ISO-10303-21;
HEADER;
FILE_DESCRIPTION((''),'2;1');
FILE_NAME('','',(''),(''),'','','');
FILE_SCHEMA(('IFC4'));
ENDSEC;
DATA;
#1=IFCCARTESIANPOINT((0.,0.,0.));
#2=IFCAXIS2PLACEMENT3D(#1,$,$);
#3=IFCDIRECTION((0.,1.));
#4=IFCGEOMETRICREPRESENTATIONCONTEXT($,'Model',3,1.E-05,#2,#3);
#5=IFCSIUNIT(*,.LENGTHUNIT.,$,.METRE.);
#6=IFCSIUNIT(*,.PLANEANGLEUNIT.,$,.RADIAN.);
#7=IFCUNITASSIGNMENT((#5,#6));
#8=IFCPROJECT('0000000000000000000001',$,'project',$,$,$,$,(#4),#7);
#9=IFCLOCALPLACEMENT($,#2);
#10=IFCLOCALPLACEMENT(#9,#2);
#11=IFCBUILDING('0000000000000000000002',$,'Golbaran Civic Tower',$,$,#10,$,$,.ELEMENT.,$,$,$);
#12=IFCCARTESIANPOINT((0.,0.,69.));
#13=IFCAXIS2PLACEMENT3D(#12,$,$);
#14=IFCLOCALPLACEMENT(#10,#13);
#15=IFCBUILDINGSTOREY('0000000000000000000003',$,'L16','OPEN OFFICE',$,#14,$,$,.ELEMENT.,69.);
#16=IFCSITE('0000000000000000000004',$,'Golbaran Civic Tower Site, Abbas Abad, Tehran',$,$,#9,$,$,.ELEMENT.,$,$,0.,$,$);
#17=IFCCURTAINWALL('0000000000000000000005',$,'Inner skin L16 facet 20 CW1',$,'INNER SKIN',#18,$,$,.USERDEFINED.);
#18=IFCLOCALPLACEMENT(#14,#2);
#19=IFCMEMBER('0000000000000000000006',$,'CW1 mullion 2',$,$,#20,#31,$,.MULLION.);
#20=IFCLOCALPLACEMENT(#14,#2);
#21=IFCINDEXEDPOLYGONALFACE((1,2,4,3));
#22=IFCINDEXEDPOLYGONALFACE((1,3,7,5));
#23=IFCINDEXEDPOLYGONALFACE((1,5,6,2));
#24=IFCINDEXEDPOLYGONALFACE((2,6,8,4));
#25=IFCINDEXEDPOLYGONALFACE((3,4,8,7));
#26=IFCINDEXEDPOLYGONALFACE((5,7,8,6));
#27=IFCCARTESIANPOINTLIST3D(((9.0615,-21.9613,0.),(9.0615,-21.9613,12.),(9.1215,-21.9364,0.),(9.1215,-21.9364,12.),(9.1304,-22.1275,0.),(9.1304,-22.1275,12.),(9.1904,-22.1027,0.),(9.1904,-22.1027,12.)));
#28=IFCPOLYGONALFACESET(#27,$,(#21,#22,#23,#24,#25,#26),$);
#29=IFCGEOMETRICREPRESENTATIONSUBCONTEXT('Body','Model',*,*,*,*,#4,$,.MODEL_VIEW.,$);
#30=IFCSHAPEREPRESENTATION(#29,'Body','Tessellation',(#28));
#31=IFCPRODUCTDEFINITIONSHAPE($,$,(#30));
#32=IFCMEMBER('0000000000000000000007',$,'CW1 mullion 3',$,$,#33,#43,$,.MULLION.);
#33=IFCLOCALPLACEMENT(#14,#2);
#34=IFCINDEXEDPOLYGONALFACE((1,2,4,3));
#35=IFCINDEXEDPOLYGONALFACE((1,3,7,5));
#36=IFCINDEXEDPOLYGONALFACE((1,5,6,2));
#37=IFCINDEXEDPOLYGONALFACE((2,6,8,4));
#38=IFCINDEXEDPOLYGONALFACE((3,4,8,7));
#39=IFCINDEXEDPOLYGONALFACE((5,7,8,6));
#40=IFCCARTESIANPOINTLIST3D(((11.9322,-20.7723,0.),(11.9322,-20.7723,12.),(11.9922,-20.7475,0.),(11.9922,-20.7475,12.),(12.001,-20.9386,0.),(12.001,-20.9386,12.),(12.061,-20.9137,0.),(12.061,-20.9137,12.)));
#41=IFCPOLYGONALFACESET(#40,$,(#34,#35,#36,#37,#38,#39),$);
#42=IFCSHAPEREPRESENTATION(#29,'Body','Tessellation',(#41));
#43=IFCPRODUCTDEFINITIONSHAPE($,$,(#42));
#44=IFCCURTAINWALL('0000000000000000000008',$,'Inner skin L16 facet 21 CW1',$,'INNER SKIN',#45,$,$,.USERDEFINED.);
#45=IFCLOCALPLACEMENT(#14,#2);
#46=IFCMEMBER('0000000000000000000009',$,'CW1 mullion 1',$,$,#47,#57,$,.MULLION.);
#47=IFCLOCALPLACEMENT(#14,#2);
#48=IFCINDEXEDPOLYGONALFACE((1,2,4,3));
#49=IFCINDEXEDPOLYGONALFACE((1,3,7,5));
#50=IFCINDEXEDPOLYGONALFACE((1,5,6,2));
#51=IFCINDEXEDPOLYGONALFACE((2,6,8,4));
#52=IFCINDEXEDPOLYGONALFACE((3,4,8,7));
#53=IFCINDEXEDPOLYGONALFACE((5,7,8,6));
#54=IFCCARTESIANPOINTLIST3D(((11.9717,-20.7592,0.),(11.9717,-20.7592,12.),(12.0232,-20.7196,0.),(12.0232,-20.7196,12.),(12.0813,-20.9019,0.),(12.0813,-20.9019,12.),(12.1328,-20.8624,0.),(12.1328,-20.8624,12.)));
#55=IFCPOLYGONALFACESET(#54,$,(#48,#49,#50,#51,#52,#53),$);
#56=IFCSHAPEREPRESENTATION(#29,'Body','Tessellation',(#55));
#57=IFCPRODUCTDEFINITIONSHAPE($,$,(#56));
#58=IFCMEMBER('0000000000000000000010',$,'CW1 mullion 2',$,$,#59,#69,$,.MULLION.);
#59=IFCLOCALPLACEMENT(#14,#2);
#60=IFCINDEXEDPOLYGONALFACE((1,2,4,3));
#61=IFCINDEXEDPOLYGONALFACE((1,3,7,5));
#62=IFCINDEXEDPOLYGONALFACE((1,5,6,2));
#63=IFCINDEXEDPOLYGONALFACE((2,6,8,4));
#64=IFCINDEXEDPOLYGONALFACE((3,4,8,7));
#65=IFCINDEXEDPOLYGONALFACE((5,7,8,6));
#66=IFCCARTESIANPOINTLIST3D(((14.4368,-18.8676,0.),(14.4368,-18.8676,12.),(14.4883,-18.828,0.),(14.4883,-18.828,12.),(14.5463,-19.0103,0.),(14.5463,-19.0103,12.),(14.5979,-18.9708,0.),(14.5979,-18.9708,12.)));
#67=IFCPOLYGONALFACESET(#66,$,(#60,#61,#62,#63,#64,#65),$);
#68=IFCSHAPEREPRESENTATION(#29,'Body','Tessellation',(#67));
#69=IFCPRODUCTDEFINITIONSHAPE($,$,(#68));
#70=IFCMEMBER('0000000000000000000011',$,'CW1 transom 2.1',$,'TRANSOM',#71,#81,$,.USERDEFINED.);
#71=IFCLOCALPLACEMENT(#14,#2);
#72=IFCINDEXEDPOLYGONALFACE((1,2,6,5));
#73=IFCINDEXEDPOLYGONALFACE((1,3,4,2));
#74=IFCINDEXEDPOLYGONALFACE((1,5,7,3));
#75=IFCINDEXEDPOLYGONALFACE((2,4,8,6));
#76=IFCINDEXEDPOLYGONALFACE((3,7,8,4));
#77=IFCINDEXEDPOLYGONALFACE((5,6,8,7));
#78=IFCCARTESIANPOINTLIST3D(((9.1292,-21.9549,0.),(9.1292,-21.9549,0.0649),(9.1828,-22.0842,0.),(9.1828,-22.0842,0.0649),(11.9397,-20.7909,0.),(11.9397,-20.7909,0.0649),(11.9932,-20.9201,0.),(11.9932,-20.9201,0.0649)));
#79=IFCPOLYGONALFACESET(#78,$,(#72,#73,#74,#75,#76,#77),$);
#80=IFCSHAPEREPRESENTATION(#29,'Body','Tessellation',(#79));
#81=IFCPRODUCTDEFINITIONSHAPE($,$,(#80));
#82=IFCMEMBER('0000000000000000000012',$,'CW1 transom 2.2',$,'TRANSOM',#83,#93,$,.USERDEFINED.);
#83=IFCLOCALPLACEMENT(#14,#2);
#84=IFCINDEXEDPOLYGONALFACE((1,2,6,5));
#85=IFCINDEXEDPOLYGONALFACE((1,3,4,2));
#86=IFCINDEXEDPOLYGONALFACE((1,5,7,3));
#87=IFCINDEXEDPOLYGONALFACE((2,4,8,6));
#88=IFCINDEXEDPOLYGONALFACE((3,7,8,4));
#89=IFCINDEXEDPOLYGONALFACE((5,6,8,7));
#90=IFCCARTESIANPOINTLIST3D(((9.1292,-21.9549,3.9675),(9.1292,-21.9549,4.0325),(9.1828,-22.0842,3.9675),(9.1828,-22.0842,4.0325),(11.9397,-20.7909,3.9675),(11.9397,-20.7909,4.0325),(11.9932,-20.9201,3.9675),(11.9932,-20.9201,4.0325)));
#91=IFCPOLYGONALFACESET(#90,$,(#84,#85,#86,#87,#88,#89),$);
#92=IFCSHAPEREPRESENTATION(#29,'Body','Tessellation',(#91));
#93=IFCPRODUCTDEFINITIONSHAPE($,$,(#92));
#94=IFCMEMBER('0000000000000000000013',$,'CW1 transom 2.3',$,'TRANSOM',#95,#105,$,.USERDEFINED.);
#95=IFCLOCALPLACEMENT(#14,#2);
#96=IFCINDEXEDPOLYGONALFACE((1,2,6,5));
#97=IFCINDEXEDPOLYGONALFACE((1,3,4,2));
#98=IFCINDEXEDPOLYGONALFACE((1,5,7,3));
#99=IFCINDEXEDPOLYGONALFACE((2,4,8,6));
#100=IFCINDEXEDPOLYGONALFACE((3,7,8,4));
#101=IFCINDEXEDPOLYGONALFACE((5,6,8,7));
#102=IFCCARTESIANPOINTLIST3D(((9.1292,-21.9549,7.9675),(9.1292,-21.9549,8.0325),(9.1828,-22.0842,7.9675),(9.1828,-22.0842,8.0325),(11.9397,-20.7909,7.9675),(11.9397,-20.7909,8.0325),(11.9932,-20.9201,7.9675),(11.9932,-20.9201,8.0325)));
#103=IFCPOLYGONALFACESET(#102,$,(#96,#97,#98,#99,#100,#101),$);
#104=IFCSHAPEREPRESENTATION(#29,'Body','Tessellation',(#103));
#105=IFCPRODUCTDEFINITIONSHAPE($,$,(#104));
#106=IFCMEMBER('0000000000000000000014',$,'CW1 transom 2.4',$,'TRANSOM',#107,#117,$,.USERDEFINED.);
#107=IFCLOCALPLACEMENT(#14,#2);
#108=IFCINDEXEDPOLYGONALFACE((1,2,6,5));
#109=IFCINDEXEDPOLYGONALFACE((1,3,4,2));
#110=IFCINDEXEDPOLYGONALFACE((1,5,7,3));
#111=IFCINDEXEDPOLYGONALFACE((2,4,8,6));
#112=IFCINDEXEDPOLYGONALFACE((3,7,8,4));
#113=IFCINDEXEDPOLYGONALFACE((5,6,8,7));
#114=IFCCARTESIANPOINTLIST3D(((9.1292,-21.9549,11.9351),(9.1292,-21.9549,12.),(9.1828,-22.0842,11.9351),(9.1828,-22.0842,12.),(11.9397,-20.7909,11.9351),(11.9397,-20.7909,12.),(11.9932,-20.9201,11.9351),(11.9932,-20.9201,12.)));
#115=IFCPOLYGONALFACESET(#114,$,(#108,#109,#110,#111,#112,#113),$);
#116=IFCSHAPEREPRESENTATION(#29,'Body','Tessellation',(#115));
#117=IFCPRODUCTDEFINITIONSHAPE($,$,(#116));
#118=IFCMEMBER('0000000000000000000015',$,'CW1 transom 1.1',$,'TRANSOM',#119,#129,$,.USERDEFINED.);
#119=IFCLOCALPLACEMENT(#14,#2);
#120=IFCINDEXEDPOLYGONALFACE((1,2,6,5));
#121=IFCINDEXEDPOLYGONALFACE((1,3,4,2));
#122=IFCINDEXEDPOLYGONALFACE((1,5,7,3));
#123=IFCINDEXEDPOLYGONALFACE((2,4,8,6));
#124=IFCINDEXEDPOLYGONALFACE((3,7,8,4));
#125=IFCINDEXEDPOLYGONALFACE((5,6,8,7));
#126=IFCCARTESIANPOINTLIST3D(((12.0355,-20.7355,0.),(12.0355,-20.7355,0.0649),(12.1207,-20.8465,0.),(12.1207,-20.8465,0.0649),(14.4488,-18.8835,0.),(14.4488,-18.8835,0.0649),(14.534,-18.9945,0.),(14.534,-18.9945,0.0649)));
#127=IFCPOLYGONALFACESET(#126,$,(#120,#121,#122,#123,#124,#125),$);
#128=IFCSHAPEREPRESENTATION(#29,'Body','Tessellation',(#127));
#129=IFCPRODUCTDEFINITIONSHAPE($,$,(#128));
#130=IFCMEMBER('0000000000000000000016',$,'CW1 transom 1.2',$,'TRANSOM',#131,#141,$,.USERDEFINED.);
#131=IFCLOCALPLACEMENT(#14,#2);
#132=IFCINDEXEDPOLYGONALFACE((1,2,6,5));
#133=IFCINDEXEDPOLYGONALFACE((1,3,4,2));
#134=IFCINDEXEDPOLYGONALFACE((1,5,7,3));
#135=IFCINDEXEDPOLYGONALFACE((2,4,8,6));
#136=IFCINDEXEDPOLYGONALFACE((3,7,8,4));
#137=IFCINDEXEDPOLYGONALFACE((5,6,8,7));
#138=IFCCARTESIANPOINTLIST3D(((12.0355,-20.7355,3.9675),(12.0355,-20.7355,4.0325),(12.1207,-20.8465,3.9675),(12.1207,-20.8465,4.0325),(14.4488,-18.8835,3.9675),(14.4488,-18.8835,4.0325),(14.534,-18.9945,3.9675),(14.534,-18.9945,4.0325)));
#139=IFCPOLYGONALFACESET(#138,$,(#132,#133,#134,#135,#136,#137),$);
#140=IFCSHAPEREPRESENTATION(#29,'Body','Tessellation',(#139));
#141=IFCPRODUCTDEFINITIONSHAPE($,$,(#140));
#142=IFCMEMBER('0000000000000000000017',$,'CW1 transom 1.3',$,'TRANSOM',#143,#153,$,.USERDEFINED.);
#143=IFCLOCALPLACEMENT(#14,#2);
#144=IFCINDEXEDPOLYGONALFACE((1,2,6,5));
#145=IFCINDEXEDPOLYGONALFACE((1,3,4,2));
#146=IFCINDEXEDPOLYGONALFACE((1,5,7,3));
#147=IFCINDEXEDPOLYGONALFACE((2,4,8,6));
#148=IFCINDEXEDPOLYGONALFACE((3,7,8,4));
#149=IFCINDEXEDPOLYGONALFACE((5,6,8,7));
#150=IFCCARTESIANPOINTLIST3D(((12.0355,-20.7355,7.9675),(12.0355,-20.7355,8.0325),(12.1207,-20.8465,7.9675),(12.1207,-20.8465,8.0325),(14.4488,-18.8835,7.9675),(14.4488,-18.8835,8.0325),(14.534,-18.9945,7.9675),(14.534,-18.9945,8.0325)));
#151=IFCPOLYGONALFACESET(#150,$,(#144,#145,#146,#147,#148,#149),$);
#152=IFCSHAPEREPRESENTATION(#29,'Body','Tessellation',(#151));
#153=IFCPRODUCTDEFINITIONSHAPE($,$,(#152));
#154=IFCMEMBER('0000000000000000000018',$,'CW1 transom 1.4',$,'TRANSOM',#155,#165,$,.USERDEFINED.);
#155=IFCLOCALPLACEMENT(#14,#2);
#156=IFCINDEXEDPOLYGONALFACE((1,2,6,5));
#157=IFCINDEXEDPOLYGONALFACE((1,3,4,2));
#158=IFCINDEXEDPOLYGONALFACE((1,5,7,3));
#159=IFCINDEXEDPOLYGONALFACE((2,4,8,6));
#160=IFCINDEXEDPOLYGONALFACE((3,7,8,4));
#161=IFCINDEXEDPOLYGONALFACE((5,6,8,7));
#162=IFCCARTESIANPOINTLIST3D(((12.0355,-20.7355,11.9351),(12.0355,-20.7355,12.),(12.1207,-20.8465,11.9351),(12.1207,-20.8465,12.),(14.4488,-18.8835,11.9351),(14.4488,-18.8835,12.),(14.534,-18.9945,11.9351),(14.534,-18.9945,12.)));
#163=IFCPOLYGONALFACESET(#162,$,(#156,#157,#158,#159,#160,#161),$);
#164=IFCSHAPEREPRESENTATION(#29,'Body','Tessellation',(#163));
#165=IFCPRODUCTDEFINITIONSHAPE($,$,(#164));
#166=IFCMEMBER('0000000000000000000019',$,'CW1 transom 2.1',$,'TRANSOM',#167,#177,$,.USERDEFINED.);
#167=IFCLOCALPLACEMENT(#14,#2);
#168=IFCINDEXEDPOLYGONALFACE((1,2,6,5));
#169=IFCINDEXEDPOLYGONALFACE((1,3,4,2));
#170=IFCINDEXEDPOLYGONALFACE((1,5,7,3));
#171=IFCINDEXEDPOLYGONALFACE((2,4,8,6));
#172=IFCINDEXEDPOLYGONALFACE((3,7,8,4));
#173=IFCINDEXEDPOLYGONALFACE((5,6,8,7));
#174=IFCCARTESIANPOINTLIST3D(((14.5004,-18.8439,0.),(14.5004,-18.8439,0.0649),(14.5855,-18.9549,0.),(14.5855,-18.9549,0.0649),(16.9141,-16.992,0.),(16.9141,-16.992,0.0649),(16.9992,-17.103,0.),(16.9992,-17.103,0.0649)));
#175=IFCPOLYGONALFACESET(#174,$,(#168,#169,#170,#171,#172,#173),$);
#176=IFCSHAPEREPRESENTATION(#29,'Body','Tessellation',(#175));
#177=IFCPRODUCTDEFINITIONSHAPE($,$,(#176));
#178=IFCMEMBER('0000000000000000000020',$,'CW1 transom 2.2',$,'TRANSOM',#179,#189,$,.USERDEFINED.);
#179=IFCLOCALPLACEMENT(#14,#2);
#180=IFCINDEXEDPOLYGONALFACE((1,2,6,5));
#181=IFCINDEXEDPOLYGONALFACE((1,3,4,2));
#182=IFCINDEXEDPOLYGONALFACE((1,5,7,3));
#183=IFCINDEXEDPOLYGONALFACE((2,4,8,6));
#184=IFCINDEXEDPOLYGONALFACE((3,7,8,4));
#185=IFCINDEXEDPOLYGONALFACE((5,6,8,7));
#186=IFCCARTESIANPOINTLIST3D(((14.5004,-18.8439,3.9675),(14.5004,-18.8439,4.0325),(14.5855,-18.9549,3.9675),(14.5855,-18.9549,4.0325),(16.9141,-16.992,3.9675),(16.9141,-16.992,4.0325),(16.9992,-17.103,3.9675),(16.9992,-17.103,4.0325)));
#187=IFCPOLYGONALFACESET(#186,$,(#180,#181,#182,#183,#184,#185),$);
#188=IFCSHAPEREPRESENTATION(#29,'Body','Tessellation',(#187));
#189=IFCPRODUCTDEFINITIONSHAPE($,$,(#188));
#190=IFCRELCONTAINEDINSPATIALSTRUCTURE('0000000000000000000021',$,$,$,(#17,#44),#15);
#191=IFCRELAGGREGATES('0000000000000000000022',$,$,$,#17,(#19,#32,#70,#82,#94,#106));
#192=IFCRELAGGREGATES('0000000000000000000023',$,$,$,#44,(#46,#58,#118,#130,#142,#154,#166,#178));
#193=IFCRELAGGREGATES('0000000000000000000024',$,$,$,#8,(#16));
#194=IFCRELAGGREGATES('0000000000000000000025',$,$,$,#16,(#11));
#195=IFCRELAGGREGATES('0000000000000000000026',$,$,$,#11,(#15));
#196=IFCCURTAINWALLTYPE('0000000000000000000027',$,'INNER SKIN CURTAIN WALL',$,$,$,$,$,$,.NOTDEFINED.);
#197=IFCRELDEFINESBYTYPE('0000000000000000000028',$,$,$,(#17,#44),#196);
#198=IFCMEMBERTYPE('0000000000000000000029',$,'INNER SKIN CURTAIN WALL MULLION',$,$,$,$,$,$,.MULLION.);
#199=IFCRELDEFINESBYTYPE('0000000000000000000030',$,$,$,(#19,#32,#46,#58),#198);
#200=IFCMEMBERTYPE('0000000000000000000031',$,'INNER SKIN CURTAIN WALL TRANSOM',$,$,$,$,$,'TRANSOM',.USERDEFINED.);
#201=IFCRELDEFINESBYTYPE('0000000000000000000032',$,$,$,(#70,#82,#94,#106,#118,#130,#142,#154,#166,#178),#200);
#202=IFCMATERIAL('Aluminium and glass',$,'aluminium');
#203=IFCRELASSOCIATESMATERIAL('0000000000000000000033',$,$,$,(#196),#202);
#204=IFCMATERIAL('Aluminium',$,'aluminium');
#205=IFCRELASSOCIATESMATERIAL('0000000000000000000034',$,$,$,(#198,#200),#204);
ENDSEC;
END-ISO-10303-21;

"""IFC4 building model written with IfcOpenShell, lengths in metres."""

from ifc_helpers import new_model, si_unit, direction, frame, origin, origin_2d, place, context, subcontext, project, spatial, rectangle, extrude, material, material_profile, profile_set, type_object, element, aggregate, save


model = new_model("IFC4")

# Units and contexts
model_context = context("Model", 3, precision=1e-05, world=origin(), true_north=direction((0.0, 1.0)))
body_context = subcontext(model_context, "Body", "Model", "MODEL_VIEW")
ifc_project = project(units=[si_unit("LENGTHUNIT", "METRE"), si_unit("PLANEANGLEUNIT", "RADIAN")], contexts=[model_context])

# Site, building, storey
site_placement = place(None, origin())
site = spatial("IfcSite", under=ifc_project, at=site_placement, Name="Golbaran Civic Tower Site, Abbas Abad, Tehran", CompositionType="ELEMENT", RefElevation=0.0)
building_placement = place(site_placement, origin())
building = spatial("IfcBuilding", under=site, at=building_placement, Name="Golbaran Civic Tower", CompositionType="ELEMENT")
storey_placement = place(building_placement, frame((0.0, 0.0, 69.0)))
storey = spatial("IfcBuildingStorey", under=building, at=storey_placement, Name="L16", Description="OPEN OFFICE", CompositionType="ELEMENT", Elevation=69.0)

# Curtain walls, members
ifc_material_1 = material(Name="Aluminium and glass", Category="aluminium")
curtain_wall_type_1 = type_object("IfcCurtainWallType", Name="INNER SKIN CURTAIN WALL", PredefinedType="NOTDEFINED", material=ifc_material_1)
curtain_wall_1_placement = place(storey_placement, origin())
curtain_wall_1 = element("IfcCurtainWall", 1, at=curtain_wall_1_placement, inside=storey, type_object=curtain_wall_type_1, Name="Inner skin L16 facet 20 CW1", ObjectType="INNER SKIN", PredefinedType="USERDEFINED")
ifc_material_2 = material(Name="Aluminium", Category="aluminium")
ifc_material_profile_1 = material_profile(ifc_material_2, rectangle(XDim=0.1799, YDim=0.0649, at=origin_2d()), Name="INNER SKIN CURTAIN WALL MULLION")
ifc_profile_set_1 = profile_set([ifc_material_profile_1], Name="Aluminium")
member_type_1 = type_object("IfcMemberType", Name="INNER SKIN CURTAIN WALL MULLION", PredefinedType="MULLION", material=ifc_profile_set_1)
member_1_placement = place(storey_placement, frame((9.126, -22.032, 0.0), z_axis=(0.0, 0.0, 1.0), x_axis=(-0.382683, 0.92388, 0.0)))
member_1 = element("IfcMember", 2, at=member_1_placement, type_object=member_type_1, Name="CW1 mullion 2", PredefinedType="MULLION", context=body_context, shape_type="SweptSolid", body=[
    extrude(rectangle(XDim=0.1799, YDim=0.0649, at=origin_2d()), origin(), (0.0, 0.0, 1.0), 12.0),
])
member_2_placement = place(storey_placement, frame((11.9966, -20.843, 0.0), z_axis=(0.0, 0.0, 1.0), x_axis=(-0.382683, 0.92388, 0.0)))
member_2 = element("IfcMember", 3, at=member_2_placement, type_object=member_type_1, Name="CW1 mullion 3", PredefinedType="MULLION", context=body_context, shape_type="SweptSolid", body=[
    extrude(rectangle(XDim=0.1799, YDim=0.0649, at=origin_2d()), origin(), (0.0, 0.0, 1.0), 12.0),
])
curtain_wall_2_placement = place(storey_placement, origin())
curtain_wall_2 = element("IfcCurtainWall", 4, at=curtain_wall_2_placement, inside=storey, type_object=curtain_wall_type_1, Name="Inner skin L16 facet 21 CW1", ObjectType="INNER SKIN", PredefinedType="USERDEFINED")
member_3_placement = place(storey_placement, frame((12.0522, -20.8108, 0.0), z_axis=(0.0, 0.0, 1.0), x_axis=(-0.608761, 0.793353, 0.0)))
member_3 = element("IfcMember", 5, at=member_3_placement, type_object=member_type_1, Name="CW1 mullion 1", PredefinedType="MULLION", context=body_context, shape_type="SweptSolid", body=[
    extrude(rectangle(XDim=0.1799, YDim=0.0649, at=origin_2d()), origin(), (0.0, 0.0, 1.0), 12.0),
])
member_4_placement = place(storey_placement, frame((14.5173, -18.9192, 0.0), z_axis=(0.0, 0.0, 1.0), x_axis=(-0.608761, 0.793353, 0.0)))
member_4 = element("IfcMember", 6, at=member_4_placement, type_object=member_type_1, Name="CW1 mullion 2", PredefinedType="MULLION", context=body_context, shape_type="SweptSolid", body=[
    extrude(rectangle(XDim=0.1799, YDim=0.0649, at=origin_2d()), origin(), (0.0, 0.0, 1.0), 12.0),
])

# Members
ifc_material_profile_2 = material_profile(ifc_material_2, rectangle(XDim=0.1399, YDim=0.0649, at=origin_2d()), Name="INNER SKIN CURTAIN WALL TRANSOM")
ifc_profile_set_2 = profile_set([ifc_material_profile_2], Name="Aluminium")
member_type_2 = type_object("IfcMemberType", Name="INNER SKIN CURTAIN WALL TRANSOM", ElementType="TRANSOM", PredefinedType="USERDEFINED", material=ifc_profile_set_2)
member_5_placement = place(storey_placement, frame((9.156, -22.0195, 0.0325), z_axis=(0.923892, 0.382654, 0.0), x_axis=(-0.382654, 0.923892, 0.0)))
member_5 = element("IfcMember", 7, at=member_5_placement, type_object=member_type_2, Name="CW1 transom 2.1", ObjectType="TRANSOM", PredefinedType="USERDEFINED", context=body_context, shape_type="SweptSolid", body=[
    extrude(rectangle(XDim=0.1399, YDim=0.0649, at=origin_2d()), origin(), (0.0, 0.0, 1.0), 3.042),
])
member_6_placement = place(storey_placement, frame((9.156, -22.0195, 4.0), z_axis=(0.923892, 0.382654, 0.0), x_axis=(-0.382654, 0.923892, 0.0)))
member_6 = element("IfcMember", 8, at=member_6_placement, type_object=member_type_2, Name="CW1 transom 2.2", ObjectType="TRANSOM", PredefinedType="USERDEFINED", context=body_context, shape_type="SweptSolid", body=[
    extrude(rectangle(XDim=0.1399, YDim=0.0649, at=origin_2d()), origin(), (0.0, 0.0, 1.0), 3.042),
])
member_7_placement = place(storey_placement, frame((9.156, -22.0195, 8.0), z_axis=(0.923892, 0.382654, 0.0), x_axis=(-0.382654, 0.923892, 0.0)))
member_7 = element("IfcMember", 9, at=member_7_placement, type_object=member_type_2, Name="CW1 transom 2.3", ObjectType="TRANSOM", PredefinedType="USERDEFINED", context=body_context, shape_type="SweptSolid", body=[
    extrude(rectangle(XDim=0.1399, YDim=0.0649, at=origin_2d()), origin(), (0.0, 0.0, 1.0), 3.042),
])
member_8_placement = place(storey_placement, frame((9.156, -22.0195, 11.9675), z_axis=(0.923892, 0.382654, 0.0), x_axis=(-0.382654, 0.923892, 0.0)))
member_8 = element("IfcMember", 10, at=member_8_placement, type_object=member_type_2, Name="CW1 transom 2.4", ObjectType="TRANSOM", PredefinedType="USERDEFINED", context=body_context, shape_type="SweptSolid", body=[
    extrude(rectangle(XDim=0.1399, YDim=0.0649, at=origin_2d()), origin(), (0.0, 0.0, 1.0), 3.042),
])
member_9_placement = place(storey_placement, frame((12.0781, -20.791, 0.0325), z_axis=(0.793316, 0.608811, 0.0), x_axis=(-0.608811, 0.793316, 0.0)))
member_9 = element("IfcMember", 11, at=member_9_placement, type_object=member_type_2, Name="CW1 transom 1.1", ObjectType="TRANSOM", PredefinedType="USERDEFINED", context=body_context, shape_type="SweptSolid", body=[
    extrude(rectangle(XDim=0.1399, YDim=0.0649, at=origin_2d()), origin(), (0.0, 0.0, 1.0), 3.042),
])
member_10_placement = place(storey_placement, frame((12.0781, -20.791, 4.0), z_axis=(0.793316, 0.608811, 0.0), x_axis=(-0.608811, 0.793316, 0.0)))
member_10 = element("IfcMember", 12, at=member_10_placement, type_object=member_type_2, Name="CW1 transom 1.2", ObjectType="TRANSOM", PredefinedType="USERDEFINED", context=body_context, shape_type="SweptSolid", body=[
    extrude(rectangle(XDim=0.1399, YDim=0.0649, at=origin_2d()), origin(), (0.0, 0.0, 1.0), 3.042),
])
member_11_placement = place(storey_placement, frame((12.0781, -20.791, 8.0), z_axis=(0.793316, 0.608811, 0.0), x_axis=(-0.608811, 0.793316, 0.0)))
member_11 = element("IfcMember", 13, at=member_11_placement, type_object=member_type_2, Name="CW1 transom 1.3", ObjectType="TRANSOM", PredefinedType="USERDEFINED", context=body_context, shape_type="SweptSolid", body=[
    extrude(rectangle(XDim=0.1399, YDim=0.0649, at=origin_2d()), origin(), (0.0, 0.0, 1.0), 3.042),
])
member_12_placement = place(storey_placement, frame((12.0781, -20.791, 11.9675), z_axis=(0.793316, 0.608811, 0.0), x_axis=(-0.608811, 0.793316, 0.0)))
member_12 = element("IfcMember", 14, at=member_12_placement, type_object=member_type_2, Name="CW1 transom 1.4", ObjectType="TRANSOM", PredefinedType="USERDEFINED", context=body_context, shape_type="SweptSolid", body=[
    extrude(rectangle(XDim=0.1399, YDim=0.0649, at=origin_2d()), origin(), (0.0, 0.0, 1.0), 3.042),
])
member_13_placement = place(storey_placement, frame((14.543, -18.8994, 0.0325), z_axis=(0.793384, 0.608721, 0.0), x_axis=(-0.608721, 0.793384, 0.0)))
member_13 = element("IfcMember", 15, at=member_13_placement, type_object=member_type_2, Name="CW1 transom 2.1", ObjectType="TRANSOM", PredefinedType="USERDEFINED", context=body_context, shape_type="SweptSolid", body=[
    extrude(rectangle(XDim=0.1399, YDim=0.0649, at=origin_2d()), origin(), (0.0, 0.0, 1.0), 3.0422),
])
member_14_placement = place(storey_placement, frame((14.543, -18.8994, 4.0), z_axis=(0.793384, 0.608721, 0.0), x_axis=(-0.608721, 0.793384, 0.0)))
member_14 = element("IfcMember", 16, at=member_14_placement, type_object=member_type_2, Name="CW1 transom 2.2", ObjectType="TRANSOM", PredefinedType="USERDEFINED", context=body_context, shape_type="SweptSolid", body=[
    extrude(rectangle(XDim=0.1399, YDim=0.0649, at=origin_2d()), origin(), (0.0, 0.0, 1.0), 3.0422),
])

aggregate(curtain_wall_1, [member_1, member_2, member_5, member_6, member_7, member_8])
aggregate(curtain_wall_2, [member_3, member_4, member_9, member_10, member_11, member_12, member_13, member_14])

save(model, "model.ifc")
